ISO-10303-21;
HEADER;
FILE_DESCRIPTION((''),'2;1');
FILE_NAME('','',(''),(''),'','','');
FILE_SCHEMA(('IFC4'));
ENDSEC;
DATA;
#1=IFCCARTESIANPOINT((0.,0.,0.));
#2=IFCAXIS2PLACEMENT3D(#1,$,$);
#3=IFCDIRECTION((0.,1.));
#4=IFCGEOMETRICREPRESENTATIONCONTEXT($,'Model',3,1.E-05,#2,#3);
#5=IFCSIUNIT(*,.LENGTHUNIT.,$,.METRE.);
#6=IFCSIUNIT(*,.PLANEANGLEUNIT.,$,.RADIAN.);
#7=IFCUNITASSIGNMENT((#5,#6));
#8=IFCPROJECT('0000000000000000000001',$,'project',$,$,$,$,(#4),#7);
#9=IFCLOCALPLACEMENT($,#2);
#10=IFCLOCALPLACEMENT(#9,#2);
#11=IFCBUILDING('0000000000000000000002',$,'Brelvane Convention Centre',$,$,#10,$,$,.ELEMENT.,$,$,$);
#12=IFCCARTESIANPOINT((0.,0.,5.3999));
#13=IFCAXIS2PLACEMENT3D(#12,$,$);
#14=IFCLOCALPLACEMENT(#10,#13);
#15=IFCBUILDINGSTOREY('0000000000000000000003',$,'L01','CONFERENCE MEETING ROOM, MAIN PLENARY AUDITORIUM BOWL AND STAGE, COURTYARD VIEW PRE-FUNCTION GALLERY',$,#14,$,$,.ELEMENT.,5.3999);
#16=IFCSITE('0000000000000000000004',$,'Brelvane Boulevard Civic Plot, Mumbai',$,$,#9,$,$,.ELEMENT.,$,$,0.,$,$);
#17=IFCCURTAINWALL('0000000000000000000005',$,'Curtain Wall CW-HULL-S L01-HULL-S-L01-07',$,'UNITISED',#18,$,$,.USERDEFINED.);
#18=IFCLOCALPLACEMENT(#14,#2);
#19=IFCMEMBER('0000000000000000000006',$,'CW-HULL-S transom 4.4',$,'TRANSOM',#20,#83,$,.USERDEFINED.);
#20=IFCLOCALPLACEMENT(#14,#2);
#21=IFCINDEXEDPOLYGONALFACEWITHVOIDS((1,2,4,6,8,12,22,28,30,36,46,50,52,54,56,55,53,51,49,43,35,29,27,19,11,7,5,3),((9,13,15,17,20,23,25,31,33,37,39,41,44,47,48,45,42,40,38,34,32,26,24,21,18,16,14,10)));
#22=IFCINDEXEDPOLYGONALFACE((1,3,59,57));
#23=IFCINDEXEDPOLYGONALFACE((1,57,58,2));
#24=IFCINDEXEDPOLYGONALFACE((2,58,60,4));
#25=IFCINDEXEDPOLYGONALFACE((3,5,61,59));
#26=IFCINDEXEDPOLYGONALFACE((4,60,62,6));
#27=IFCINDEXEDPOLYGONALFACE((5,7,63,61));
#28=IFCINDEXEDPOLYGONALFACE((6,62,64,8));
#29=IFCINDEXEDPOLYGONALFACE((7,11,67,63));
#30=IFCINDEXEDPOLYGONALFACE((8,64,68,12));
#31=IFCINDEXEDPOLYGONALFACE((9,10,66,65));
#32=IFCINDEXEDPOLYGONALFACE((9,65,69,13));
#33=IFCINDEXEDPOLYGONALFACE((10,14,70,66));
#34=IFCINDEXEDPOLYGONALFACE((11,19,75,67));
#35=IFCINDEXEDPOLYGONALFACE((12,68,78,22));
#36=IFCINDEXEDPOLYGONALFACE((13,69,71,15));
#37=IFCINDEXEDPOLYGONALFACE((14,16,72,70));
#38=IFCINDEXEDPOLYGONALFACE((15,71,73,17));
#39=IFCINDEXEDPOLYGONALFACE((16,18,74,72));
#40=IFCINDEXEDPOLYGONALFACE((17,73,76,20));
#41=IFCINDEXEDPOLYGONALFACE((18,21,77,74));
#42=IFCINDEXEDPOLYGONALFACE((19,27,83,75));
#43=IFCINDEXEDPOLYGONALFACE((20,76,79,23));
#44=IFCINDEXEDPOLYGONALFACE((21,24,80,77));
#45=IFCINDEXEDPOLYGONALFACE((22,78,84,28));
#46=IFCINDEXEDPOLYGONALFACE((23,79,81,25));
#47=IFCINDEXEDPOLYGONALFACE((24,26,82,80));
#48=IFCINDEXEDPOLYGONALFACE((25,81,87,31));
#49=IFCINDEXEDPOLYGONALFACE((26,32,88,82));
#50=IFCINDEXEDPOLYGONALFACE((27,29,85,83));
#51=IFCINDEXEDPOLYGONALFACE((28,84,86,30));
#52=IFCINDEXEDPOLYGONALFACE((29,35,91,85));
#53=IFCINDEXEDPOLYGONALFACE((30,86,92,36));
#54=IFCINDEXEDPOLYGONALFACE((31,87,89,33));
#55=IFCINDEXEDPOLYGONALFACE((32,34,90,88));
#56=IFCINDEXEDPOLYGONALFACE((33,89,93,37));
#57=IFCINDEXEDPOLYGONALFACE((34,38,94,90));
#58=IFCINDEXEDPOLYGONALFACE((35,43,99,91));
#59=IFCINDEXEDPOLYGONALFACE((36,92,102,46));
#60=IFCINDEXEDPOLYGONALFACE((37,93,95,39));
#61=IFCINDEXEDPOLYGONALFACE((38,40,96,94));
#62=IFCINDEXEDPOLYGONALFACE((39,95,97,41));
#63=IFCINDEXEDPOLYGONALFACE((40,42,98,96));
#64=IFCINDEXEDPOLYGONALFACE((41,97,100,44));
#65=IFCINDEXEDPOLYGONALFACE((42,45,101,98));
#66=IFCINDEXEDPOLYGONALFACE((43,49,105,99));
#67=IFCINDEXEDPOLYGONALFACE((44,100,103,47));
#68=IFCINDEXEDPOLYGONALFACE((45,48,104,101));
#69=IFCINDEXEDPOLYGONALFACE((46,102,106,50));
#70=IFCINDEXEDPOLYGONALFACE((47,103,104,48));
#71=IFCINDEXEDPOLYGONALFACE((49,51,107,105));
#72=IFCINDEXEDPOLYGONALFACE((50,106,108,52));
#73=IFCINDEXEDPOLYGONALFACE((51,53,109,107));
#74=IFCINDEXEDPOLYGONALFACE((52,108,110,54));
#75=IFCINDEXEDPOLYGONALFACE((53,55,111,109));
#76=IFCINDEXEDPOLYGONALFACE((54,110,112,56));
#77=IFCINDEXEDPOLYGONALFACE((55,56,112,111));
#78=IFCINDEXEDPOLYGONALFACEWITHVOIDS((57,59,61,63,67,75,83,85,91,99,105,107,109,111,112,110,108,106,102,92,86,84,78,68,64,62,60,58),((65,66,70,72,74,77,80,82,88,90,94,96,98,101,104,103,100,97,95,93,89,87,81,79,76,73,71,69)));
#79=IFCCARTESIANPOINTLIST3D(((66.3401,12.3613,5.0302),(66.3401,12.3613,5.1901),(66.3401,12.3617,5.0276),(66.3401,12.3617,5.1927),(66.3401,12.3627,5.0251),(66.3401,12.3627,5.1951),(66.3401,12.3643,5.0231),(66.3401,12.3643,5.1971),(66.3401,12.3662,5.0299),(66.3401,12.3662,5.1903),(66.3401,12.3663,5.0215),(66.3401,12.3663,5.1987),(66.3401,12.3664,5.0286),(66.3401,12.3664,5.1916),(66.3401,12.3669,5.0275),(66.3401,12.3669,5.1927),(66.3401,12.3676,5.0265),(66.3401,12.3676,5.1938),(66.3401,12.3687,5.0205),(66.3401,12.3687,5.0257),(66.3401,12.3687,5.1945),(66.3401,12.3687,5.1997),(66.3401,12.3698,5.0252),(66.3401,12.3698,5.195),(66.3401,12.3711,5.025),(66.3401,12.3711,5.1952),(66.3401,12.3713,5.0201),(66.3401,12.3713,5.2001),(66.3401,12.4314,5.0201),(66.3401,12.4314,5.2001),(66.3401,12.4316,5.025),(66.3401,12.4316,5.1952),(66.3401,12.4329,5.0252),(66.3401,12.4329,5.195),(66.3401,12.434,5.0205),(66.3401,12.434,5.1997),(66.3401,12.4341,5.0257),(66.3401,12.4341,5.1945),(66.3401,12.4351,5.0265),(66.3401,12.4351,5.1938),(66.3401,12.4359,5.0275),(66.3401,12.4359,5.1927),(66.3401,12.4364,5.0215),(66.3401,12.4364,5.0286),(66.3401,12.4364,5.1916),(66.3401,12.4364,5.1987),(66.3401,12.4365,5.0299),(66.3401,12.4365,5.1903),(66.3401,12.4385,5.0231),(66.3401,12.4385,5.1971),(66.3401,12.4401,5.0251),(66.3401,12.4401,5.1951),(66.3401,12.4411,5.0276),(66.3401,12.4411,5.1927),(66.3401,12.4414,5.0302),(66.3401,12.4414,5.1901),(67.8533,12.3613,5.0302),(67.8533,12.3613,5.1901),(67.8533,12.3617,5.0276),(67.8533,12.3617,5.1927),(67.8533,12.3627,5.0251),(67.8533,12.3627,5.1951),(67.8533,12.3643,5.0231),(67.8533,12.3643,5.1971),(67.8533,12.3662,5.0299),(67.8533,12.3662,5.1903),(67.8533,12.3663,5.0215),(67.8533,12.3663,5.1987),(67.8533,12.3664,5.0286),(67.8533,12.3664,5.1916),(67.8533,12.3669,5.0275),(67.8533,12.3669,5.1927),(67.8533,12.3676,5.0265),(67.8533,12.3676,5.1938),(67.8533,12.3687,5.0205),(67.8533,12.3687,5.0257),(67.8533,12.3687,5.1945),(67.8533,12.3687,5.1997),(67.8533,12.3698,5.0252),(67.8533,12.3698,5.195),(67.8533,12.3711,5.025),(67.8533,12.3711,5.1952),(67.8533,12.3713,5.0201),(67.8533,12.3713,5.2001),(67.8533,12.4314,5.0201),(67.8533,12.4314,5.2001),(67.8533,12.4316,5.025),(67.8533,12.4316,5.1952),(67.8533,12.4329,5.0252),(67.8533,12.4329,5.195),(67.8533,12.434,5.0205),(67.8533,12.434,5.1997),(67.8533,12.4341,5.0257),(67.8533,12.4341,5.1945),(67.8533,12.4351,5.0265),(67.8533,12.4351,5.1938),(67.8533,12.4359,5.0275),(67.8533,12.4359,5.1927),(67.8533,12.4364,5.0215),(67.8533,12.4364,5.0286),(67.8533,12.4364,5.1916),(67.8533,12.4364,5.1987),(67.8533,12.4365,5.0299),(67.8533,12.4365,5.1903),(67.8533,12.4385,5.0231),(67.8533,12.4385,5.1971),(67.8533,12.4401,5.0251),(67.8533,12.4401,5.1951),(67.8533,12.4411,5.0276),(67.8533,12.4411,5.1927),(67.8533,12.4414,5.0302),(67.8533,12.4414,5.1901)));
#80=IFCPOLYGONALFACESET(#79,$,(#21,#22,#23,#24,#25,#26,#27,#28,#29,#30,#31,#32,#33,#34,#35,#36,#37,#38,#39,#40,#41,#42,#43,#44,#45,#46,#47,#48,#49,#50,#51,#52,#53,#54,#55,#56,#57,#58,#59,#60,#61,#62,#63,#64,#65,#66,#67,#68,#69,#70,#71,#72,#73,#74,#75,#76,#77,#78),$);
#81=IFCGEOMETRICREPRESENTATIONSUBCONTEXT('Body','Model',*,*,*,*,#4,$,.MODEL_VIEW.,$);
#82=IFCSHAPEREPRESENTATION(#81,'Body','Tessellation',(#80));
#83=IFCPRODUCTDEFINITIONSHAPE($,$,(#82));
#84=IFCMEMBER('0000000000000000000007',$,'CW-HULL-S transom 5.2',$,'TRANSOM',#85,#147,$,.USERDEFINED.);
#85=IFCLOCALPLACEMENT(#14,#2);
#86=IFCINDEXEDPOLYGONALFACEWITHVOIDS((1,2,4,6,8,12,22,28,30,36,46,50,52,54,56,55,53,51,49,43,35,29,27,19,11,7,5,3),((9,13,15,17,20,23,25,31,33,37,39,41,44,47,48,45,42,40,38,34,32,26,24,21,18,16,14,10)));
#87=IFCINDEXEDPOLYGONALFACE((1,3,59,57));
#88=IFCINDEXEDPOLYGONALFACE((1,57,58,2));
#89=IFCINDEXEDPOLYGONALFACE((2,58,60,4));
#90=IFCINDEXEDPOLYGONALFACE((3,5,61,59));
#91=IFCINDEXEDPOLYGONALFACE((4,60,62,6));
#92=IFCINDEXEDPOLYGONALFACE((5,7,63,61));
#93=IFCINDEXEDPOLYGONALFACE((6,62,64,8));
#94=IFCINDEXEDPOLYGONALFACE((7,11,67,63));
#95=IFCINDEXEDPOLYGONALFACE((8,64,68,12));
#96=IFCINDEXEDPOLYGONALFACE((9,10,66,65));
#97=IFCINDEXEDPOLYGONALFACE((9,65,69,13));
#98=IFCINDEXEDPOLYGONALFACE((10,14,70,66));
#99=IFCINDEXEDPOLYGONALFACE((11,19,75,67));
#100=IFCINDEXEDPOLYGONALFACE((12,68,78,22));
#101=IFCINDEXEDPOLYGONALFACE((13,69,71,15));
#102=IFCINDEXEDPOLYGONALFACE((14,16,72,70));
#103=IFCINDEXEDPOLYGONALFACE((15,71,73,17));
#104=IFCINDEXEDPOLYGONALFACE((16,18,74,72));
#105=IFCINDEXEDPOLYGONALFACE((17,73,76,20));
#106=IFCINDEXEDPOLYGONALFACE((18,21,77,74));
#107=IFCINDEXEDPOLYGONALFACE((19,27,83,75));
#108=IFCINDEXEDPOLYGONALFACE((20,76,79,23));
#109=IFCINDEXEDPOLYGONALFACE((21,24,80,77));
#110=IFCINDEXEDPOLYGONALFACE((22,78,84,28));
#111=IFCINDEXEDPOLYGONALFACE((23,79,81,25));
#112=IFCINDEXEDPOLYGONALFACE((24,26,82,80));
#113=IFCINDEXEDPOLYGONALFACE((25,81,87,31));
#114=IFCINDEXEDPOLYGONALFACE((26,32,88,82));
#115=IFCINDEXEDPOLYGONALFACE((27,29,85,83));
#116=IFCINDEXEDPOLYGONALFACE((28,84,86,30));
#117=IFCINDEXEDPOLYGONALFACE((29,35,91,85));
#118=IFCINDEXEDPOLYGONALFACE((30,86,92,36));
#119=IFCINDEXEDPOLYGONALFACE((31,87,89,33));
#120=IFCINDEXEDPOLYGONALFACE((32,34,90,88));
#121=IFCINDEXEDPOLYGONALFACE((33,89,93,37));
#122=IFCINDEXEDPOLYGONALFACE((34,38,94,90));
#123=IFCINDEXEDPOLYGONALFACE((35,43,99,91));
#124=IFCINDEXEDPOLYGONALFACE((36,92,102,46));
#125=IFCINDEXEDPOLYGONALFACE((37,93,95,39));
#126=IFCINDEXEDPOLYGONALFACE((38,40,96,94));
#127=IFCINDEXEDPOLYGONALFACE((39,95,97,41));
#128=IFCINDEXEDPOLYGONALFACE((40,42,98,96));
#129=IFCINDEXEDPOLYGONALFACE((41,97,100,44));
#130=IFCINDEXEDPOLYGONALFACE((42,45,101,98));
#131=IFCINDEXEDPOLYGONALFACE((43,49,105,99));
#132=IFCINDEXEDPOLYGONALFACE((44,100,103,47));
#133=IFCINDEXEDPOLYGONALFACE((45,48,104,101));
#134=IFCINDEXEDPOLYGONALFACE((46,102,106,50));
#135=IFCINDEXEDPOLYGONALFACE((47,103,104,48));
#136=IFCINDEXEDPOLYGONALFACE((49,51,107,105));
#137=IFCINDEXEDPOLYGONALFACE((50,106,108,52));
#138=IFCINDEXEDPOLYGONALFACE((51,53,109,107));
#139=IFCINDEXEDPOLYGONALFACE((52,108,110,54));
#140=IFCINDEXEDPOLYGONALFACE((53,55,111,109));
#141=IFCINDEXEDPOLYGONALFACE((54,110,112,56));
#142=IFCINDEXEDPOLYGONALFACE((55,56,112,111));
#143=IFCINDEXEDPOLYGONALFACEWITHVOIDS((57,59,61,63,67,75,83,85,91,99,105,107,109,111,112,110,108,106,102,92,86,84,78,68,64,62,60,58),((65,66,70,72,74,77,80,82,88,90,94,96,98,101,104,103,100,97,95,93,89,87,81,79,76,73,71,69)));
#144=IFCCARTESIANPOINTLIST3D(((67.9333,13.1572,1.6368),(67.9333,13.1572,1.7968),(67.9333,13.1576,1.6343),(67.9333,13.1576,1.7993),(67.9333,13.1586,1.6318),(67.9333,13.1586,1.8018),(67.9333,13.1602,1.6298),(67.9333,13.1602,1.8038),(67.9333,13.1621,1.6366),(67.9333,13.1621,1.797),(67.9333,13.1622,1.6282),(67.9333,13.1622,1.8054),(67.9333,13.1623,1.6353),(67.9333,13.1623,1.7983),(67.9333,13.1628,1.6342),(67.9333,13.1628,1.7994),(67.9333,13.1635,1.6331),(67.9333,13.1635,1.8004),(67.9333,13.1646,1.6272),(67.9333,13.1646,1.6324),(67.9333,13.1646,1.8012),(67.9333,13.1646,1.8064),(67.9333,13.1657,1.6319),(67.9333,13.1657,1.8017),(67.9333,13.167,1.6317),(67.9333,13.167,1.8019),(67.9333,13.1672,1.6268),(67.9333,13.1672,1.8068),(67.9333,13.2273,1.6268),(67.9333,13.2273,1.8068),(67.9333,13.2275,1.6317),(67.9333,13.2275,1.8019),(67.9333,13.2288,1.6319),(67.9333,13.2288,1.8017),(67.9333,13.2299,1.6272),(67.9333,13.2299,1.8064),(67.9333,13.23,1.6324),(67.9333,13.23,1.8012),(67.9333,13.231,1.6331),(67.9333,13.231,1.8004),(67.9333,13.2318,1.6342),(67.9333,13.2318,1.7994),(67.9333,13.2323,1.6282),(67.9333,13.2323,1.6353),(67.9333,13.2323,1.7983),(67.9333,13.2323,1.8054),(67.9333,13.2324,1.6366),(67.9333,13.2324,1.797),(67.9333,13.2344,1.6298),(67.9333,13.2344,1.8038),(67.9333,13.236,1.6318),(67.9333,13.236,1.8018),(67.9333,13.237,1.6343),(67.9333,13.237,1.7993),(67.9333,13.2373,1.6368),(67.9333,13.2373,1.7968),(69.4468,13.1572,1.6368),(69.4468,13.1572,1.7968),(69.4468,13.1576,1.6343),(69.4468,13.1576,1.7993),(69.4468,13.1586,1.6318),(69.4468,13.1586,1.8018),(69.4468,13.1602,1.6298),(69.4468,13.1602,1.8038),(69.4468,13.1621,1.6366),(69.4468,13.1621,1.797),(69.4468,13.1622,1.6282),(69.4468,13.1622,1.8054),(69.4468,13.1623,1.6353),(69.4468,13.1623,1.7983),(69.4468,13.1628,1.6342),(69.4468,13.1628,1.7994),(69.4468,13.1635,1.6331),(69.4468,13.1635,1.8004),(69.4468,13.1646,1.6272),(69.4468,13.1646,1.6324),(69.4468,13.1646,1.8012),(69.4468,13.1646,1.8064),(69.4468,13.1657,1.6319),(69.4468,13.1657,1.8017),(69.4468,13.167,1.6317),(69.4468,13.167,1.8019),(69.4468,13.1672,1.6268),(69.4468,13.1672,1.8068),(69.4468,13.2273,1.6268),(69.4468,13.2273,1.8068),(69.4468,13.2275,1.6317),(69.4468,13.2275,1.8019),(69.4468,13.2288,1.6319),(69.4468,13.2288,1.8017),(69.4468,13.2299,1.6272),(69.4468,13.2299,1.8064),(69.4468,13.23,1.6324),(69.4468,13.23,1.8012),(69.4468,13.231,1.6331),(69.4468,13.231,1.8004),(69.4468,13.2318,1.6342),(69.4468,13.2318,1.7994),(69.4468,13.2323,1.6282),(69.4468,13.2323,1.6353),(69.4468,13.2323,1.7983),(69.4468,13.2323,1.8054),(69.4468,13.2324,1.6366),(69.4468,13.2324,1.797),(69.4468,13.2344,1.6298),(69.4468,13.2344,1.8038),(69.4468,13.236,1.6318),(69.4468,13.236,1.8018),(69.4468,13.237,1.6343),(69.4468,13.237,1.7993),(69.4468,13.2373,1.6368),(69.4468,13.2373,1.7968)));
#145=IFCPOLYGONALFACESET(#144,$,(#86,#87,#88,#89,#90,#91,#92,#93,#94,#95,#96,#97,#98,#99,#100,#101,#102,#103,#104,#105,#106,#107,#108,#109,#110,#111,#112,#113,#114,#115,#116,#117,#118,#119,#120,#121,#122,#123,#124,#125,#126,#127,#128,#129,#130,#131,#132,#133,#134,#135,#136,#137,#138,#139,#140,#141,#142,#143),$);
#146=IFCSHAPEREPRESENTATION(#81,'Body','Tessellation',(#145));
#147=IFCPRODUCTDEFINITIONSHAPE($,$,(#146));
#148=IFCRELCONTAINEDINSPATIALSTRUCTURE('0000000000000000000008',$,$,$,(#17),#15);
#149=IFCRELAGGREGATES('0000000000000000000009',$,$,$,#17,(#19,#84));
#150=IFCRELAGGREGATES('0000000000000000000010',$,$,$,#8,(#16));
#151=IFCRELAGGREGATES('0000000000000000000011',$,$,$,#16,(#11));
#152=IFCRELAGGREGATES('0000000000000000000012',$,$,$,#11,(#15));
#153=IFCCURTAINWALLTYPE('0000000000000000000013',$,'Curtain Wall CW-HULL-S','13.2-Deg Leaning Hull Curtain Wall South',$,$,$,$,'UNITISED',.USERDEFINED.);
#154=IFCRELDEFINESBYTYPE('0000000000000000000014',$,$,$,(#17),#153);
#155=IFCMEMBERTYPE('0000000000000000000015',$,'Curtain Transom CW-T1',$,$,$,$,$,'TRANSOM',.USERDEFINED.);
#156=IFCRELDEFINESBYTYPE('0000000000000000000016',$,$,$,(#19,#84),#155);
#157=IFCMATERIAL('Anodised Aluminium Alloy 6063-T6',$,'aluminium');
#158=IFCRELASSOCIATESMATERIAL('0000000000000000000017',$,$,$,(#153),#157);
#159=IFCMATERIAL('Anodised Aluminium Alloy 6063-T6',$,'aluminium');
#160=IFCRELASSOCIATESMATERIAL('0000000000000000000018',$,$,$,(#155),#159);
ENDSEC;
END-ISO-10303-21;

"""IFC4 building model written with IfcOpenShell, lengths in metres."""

from ifc_helpers import new_model, si_unit, direction, frame, origin, origin_2d, place, context, subcontext, project, spatial, hollow_rectangle, extrude, material, material_profile, profile_set, type_object, element, aggregate, save


model = new_model("IFC4")

# Units and contexts
model_context = context("Model", 3, precision=1e-05, world=origin(), true_north=direction((0.0, 1.0)))
body_context = subcontext(model_context, "Body", "Model", "MODEL_VIEW")
ifc_project = project(units=[si_unit("LENGTHUNIT", "METRE"), si_unit("PLANEANGLEUNIT", "RADIAN")], contexts=[model_context])

# Site, building, storey
site_placement = place(None, origin())
site = spatial("IfcSite", under=ifc_project, at=site_placement, Name="Brelvane Boulevard Civic Plot, Mumbai", CompositionType="ELEMENT", RefElevation=0.0)
building_placement = place(site_placement, origin())
building = spatial("IfcBuilding", under=site, at=building_placement, Name="Brelvane Convention Centre", CompositionType="ELEMENT")
storey_placement = place(building_placement, frame((0.0, 0.0, 5.3999)))
storey = spatial("IfcBuildingStorey", under=building, at=storey_placement, Name="L01", Description="CONFERENCE MEETING ROOM, MAIN PLENARY AUDITORIUM BOWL AND STAGE, COURTYARD VIEW PRE-FUNCTION GALLERY", CompositionType="ELEMENT", Elevation=5.3999)

# Curtain wall, members
ifc_material_1 = material(Name="Anodised Aluminium Alloy 6063-T6", Category="aluminium")
curtain_wall_type = type_object("IfcCurtainWallType", Name="Curtain Wall CW-HULL-S", Description="13.2-Deg Leaning Hull Curtain Wall South", ElementType="UNITISED", PredefinedType="USERDEFINED", material=ifc_material_1)
curtain_wall_1_placement = place(storey_placement, origin())
curtain_wall_1 = element("IfcCurtainWall", 1, at=curtain_wall_1_placement, inside=storey, type_object=curtain_wall_type, Name="Curtain Wall CW-HULL-S L01-HULL-S-L01-07", ObjectType="UNITISED", PredefinedType="USERDEFINED")
ifc_material_2 = material(Name="Anodised Aluminium Alloy 6063-T6", Category="aluminium")
ifc_material_profile = material_profile(ifc_material_2, hollow_rectangle(XDim=0.0801, YDim=0.1799, WallThickness=0.0049, InnerFilletRadius=0.0049, OuterFilletRadius=0.01, at=origin_2d()), Name="ALU-T 180x80x5.0")
ifc_profile_set = profile_set([ifc_material_profile], Name="Anodised Aluminium Alloy 6063-T6")
member_type = type_object("IfcMemberType", Name="Curtain Transom CW-T1", ElementType="TRANSOM", PredefinedType="USERDEFINED", material=ifc_profile_set)
member_1_placement = place(storey_placement, frame((66.3401, 12.4014, 5.1101), z_axis=(1.0, 0.0, 0.0), x_axis=(0.0, 1.0, 0.0)))
member_1 = element("IfcMember", 2, at=member_1_placement, type_object=member_type, Name="CW-HULL-S transom 4.4", ObjectType="TRANSOM", PredefinedType="USERDEFINED", context=body_context, shape_type="SweptSolid", body=[
    extrude(hollow_rectangle(XDim=0.0801, YDim=0.1799, WallThickness=0.0049, InnerFilletRadius=0.0049, OuterFilletRadius=0.01, at=origin_2d()), origin(), (0.0, 0.0, 1.0), 1.5132),
])
member_2_placement = place(storey_placement, frame((67.9333, 13.1973, 1.7168), z_axis=(1.0, 0.0, 0.0), x_axis=(0.0, 1.0, 0.0)))
member_2 = element("IfcMember", 3, at=member_2_placement, type_object=member_type, Name="CW-HULL-S transom 5.2", ObjectType="TRANSOM", PredefinedType="USERDEFINED", context=body_context, shape_type="SweptSolid", body=[
    extrude(hollow_rectangle(XDim=0.0801, YDim=0.1799, WallThickness=0.0049, InnerFilletRadius=0.0049, OuterFilletRadius=0.01, at=origin_2d()), origin(), (0.0, 0.0, 1.0), 1.5134),
])

aggregate(curtain_wall_1, [member_1, member_2])

save(model, "model.ifc")
